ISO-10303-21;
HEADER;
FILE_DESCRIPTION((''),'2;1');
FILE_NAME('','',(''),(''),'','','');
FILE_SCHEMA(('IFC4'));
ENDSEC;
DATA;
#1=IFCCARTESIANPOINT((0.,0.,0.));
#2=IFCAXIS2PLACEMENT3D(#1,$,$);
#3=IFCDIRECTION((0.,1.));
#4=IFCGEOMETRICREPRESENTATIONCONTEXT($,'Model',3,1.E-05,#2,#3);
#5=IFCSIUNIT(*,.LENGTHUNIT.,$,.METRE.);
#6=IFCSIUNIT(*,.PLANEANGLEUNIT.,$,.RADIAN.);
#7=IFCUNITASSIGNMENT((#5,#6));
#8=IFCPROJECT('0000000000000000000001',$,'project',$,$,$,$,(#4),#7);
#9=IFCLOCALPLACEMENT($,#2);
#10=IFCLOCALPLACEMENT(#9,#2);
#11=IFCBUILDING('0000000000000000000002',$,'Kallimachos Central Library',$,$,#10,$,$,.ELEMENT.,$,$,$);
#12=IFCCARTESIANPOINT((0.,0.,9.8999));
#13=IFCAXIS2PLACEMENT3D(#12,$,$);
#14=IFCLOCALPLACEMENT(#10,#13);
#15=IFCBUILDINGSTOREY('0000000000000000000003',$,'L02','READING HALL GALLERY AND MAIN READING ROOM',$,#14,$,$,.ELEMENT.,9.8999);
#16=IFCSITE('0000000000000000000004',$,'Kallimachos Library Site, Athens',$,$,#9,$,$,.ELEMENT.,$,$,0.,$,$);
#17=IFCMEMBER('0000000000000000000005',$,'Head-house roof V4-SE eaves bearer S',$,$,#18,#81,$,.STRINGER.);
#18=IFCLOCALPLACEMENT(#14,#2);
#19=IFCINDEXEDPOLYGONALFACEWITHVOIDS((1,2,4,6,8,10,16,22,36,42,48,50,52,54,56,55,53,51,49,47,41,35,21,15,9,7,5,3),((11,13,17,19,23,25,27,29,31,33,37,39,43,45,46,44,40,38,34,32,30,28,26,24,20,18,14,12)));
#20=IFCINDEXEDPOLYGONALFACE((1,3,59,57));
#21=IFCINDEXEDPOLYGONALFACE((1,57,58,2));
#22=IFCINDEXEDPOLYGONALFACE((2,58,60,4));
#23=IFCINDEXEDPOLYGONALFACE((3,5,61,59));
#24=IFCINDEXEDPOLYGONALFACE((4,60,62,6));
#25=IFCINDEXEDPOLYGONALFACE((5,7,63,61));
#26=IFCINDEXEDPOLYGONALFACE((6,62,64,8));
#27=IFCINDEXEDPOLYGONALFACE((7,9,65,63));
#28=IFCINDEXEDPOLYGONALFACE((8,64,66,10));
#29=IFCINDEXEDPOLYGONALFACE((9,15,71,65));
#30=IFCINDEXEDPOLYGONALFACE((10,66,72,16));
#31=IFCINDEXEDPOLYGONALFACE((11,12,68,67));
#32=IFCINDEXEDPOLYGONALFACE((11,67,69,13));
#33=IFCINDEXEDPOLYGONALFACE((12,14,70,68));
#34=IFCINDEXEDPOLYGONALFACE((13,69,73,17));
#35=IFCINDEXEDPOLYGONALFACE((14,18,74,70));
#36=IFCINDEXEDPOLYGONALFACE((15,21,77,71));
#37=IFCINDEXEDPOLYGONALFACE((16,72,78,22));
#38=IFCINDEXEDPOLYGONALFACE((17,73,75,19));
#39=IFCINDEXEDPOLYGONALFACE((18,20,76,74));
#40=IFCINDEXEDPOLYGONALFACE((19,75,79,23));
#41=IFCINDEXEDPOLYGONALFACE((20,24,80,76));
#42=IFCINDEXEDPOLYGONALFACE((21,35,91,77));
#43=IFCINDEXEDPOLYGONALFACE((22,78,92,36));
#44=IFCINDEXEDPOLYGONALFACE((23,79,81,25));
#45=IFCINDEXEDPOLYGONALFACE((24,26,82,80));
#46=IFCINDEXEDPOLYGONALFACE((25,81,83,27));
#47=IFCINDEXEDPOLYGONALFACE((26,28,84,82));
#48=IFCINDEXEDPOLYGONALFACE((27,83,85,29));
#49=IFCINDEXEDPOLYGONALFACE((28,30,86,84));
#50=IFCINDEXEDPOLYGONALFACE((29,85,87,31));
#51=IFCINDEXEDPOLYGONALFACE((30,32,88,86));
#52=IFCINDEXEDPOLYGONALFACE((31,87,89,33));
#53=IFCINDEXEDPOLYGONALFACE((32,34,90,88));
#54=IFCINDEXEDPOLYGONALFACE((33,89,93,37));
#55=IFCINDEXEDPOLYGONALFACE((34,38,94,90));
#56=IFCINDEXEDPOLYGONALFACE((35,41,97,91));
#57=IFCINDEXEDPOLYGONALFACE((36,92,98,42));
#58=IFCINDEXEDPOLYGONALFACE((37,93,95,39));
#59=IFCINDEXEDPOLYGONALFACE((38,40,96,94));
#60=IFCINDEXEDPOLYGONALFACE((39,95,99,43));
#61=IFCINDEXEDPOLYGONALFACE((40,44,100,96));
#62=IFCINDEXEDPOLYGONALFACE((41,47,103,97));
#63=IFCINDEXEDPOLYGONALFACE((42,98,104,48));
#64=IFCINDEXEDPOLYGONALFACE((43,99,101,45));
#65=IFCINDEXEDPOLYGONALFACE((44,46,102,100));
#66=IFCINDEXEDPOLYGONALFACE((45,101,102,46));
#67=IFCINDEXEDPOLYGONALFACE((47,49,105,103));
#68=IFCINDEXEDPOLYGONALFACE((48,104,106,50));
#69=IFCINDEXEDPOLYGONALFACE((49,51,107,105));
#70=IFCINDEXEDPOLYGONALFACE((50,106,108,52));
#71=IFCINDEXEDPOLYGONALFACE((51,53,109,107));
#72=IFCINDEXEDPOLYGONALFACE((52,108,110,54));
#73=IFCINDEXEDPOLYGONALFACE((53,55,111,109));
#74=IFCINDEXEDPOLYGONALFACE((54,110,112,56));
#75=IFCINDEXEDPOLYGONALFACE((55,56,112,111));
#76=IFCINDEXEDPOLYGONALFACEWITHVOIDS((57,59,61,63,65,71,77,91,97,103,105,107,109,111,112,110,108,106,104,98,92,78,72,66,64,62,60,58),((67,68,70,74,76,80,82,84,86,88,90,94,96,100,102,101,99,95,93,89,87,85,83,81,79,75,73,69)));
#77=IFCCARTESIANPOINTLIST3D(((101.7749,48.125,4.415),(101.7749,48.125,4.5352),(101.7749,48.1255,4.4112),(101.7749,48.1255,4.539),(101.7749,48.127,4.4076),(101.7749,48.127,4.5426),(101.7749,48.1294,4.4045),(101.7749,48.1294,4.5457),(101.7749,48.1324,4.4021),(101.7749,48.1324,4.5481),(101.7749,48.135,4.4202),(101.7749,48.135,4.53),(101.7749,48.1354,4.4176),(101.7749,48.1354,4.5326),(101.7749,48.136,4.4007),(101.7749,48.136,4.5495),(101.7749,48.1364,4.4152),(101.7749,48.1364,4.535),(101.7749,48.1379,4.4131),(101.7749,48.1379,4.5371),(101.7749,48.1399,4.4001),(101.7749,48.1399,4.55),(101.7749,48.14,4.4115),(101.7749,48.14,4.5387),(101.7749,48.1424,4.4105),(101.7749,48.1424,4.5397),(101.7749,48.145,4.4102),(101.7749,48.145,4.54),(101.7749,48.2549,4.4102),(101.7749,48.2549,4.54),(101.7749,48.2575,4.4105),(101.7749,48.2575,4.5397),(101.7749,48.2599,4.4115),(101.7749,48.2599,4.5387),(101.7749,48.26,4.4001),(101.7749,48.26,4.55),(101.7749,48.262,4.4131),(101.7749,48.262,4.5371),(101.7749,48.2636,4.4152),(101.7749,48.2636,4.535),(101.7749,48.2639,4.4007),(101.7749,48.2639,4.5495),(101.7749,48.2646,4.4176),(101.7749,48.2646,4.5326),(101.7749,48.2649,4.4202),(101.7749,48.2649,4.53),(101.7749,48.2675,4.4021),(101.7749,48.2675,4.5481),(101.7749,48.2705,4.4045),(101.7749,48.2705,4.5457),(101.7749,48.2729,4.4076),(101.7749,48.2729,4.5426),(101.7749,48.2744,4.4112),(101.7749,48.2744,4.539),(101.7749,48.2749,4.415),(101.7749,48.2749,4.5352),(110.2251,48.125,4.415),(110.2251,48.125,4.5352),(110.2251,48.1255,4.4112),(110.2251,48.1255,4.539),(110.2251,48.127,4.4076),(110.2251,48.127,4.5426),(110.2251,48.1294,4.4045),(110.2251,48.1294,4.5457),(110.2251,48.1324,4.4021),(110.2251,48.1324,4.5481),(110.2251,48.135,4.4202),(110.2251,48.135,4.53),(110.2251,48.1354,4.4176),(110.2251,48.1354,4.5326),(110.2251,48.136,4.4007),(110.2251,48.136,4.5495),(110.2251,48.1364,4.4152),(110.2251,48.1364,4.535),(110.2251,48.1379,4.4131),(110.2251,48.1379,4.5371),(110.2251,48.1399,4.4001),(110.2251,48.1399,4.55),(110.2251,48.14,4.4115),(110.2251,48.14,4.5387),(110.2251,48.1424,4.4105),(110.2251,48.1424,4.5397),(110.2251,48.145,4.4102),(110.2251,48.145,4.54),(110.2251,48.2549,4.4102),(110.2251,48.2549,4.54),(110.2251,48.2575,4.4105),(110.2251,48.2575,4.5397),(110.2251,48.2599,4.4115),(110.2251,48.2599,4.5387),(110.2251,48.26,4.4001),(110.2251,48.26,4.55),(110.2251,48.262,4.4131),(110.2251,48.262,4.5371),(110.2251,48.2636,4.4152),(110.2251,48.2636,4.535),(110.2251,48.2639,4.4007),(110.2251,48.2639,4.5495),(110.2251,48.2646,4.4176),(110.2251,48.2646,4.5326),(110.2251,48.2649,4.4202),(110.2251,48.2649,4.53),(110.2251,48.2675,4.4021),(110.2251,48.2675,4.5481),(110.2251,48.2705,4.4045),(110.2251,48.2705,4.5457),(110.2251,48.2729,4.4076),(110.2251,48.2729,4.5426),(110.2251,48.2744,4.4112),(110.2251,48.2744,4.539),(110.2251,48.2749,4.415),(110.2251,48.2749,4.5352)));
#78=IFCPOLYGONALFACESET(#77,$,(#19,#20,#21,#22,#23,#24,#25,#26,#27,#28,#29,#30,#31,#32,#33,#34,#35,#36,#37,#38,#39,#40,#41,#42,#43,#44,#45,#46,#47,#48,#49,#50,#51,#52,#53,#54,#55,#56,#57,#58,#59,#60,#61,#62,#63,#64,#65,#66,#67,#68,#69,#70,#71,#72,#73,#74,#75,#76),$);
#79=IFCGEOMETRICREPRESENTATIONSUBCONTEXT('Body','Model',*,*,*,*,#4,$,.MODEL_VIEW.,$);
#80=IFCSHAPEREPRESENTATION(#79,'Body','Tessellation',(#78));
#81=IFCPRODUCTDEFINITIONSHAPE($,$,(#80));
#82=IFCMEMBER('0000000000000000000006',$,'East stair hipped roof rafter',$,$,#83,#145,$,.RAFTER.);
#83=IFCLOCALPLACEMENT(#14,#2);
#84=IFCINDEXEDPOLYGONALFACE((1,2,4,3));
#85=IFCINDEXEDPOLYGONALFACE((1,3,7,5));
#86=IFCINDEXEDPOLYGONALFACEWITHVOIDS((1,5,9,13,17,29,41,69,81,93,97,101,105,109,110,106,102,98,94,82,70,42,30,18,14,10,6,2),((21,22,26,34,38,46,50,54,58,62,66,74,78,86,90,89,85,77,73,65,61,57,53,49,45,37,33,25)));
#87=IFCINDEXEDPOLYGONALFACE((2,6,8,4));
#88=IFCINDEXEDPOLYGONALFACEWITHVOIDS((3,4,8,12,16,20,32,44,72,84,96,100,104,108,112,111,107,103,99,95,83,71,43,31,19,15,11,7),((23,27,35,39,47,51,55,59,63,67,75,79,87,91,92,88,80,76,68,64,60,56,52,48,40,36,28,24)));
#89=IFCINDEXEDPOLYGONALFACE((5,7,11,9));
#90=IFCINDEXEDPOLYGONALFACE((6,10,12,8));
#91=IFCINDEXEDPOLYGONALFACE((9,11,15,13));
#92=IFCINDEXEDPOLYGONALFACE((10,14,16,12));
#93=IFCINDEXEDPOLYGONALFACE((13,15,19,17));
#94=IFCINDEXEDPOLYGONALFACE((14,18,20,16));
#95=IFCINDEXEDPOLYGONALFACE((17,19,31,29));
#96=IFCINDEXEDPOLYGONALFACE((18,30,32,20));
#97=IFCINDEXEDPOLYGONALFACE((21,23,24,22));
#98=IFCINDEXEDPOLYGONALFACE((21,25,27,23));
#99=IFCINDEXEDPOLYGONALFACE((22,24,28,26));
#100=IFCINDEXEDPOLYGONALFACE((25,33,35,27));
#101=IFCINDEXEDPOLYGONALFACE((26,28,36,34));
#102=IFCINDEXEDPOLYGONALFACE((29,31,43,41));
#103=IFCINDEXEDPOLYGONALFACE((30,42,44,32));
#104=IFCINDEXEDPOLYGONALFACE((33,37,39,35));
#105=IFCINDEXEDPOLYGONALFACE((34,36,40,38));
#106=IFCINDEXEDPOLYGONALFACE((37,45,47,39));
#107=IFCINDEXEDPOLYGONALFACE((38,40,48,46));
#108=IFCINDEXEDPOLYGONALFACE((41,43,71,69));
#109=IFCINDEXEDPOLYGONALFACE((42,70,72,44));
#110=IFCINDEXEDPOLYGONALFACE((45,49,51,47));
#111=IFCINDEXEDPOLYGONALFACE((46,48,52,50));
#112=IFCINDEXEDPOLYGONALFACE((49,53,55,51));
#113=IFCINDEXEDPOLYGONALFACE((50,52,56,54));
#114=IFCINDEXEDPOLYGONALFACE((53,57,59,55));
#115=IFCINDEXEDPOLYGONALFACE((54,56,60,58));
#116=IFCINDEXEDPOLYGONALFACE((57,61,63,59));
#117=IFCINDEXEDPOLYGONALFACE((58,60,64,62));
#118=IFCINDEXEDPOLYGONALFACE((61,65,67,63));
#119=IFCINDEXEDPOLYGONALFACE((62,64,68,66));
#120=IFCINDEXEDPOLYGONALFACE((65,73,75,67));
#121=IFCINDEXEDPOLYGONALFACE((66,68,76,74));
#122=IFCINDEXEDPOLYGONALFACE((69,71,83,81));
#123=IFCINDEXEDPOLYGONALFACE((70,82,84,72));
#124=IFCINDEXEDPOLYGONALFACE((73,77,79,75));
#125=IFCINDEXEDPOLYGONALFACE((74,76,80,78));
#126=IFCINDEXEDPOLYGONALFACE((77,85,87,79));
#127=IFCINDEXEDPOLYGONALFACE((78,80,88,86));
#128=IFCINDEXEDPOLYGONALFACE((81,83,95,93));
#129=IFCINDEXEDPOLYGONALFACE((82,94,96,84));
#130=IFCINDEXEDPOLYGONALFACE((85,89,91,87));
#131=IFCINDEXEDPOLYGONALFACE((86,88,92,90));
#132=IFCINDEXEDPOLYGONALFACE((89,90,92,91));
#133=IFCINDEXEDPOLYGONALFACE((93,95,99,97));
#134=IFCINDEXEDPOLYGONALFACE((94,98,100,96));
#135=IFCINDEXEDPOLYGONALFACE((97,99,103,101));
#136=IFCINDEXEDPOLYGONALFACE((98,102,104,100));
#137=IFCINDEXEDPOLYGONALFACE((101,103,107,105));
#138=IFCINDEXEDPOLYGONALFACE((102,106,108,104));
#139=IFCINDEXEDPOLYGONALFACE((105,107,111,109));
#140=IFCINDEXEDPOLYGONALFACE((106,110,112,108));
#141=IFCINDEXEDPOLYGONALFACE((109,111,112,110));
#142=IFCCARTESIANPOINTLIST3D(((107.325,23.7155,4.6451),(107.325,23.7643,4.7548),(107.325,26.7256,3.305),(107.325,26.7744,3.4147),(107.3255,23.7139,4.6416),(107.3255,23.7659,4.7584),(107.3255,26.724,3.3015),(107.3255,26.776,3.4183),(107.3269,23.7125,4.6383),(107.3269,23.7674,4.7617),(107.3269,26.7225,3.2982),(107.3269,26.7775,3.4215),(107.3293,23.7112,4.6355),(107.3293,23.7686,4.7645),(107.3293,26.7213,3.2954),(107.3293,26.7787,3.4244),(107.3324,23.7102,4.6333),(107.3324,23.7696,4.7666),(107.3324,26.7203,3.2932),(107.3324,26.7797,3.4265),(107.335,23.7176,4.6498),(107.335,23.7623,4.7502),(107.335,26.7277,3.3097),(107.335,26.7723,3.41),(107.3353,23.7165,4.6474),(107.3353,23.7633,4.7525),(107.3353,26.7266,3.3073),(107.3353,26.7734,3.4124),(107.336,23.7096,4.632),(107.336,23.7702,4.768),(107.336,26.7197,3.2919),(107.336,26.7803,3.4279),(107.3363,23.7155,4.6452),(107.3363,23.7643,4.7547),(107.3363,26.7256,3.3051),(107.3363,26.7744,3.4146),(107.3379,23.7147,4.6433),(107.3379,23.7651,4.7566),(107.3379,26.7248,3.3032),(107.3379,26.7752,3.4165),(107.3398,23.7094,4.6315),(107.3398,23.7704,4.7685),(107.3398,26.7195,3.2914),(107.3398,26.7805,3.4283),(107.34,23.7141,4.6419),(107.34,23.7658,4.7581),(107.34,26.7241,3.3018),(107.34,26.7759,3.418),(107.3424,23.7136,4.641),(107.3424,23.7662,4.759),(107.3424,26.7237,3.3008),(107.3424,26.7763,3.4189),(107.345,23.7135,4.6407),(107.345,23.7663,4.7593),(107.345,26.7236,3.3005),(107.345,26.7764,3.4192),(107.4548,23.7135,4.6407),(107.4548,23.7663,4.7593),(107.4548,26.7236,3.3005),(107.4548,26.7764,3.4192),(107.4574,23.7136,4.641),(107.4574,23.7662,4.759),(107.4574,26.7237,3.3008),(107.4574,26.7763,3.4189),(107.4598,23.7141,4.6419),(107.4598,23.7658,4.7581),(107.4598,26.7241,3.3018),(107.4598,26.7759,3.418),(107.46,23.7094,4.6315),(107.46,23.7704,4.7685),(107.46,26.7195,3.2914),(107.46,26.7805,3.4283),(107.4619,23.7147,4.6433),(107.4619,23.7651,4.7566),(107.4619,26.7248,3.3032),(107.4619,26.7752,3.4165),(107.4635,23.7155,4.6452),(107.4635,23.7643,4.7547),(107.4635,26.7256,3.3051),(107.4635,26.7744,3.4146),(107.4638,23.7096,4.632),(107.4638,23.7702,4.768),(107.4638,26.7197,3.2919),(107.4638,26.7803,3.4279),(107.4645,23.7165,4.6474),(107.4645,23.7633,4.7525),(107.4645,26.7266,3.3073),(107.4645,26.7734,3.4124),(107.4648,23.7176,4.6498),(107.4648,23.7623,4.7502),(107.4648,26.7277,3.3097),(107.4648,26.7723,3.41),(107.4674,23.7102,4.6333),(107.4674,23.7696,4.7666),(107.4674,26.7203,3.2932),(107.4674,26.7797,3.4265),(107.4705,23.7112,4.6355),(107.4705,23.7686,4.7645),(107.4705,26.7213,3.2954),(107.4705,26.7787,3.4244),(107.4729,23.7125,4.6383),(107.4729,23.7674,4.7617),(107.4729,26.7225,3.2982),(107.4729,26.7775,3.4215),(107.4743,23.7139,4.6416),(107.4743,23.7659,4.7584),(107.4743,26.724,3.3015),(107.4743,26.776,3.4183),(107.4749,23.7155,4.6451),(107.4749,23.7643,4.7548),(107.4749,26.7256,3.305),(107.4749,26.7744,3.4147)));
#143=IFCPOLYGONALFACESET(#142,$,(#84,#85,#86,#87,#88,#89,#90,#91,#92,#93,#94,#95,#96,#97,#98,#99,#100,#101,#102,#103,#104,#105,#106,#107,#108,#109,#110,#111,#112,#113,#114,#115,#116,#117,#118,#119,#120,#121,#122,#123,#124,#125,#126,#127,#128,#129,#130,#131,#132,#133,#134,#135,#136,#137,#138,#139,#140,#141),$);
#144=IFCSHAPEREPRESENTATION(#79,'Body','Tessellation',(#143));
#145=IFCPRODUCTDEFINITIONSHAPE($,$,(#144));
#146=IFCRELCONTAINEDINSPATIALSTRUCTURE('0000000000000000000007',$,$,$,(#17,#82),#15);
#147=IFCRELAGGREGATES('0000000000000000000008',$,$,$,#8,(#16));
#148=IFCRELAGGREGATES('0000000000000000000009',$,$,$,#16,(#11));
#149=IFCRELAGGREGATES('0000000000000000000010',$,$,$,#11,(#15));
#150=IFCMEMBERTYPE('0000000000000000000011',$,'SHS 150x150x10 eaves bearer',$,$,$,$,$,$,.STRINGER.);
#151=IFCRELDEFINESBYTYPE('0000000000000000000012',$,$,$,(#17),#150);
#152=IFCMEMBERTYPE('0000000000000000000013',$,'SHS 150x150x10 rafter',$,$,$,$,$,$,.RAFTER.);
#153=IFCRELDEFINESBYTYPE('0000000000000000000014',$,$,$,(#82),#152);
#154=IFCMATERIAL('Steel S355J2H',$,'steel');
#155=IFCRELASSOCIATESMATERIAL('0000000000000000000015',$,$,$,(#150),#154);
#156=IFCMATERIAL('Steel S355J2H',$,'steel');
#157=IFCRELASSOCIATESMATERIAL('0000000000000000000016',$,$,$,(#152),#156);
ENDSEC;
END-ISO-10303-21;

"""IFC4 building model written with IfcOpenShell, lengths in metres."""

from ifc_helpers import new_model, si_unit, direction, frame, origin, origin_2d, place, context, subcontext, project, spatial, hollow_rectangle, extrude, material, material_profile, profile_set, type_object, element, save


model = new_model("IFC4")

# Units and contexts
model_context = context("Model", 3, precision=1e-05, world=origin(), true_north=direction((0.0, 1.0)))
body_context = subcontext(model_context, "Body", "Model", "MODEL_VIEW")
ifc_project = project(units=[si_unit("LENGTHUNIT", "METRE"), si_unit("PLANEANGLEUNIT", "RADIAN")], contexts=[model_context])

# Site, building, storey
site_placement = place(None, origin())
site = spatial("IfcSite", under=ifc_project, at=site_placement, Name="Kallimachos Library Site, Athens", CompositionType="ELEMENT", RefElevation=0.0)
building_placement = place(site_placement, origin())
building = spatial("IfcBuilding", under=site, at=building_placement, Name="Kallimachos Central Library", CompositionType="ELEMENT")
storey_placement = place(building_placement, frame((0.0, 0.0, 9.8999)))
storey = spatial("IfcBuildingStorey", under=building, at=storey_placement, Name="L02", Description="READING HALL GALLERY AND MAIN READING ROOM", CompositionType="ELEMENT", Elevation=9.8999)

# Members
ifc_material_1 = material(Name="Steel S355J2H", Category="steel")
ifc_material_profile_1 = material_profile(ifc_material_1, hollow_rectangle(XDim=0.1499, YDim=0.1499, WallThickness=0.01, InnerFilletRadius=0.01, OuterFilletRadius=0.0149, at=origin_2d()), Name="SHS 150x150x10")
ifc_profile_set_1 = profile_set([ifc_material_profile_1], Name="Steel S355J2H")
member_type_1 = type_object("IfcMemberType", Name="SHS 150x150x10 eaves bearer", PredefinedType="STRINGER", material=ifc_profile_set_1)
member_1_placement = place(storey_placement, frame((101.7749, 48.2, 4.4751), z_axis=(1.0, 0.0, 0.0), x_axis=(0.0, 1.0, 0.0)))
element("IfcMember", 1, at=member_1_placement, inside=storey, type_object=member_type_1, Name="Head-house roof V4-SE eaves bearer S", PredefinedType="STRINGER", context=body_context, shape_type="SweptSolid", body=[
    extrude(hollow_rectangle(XDim=0.1499, YDim=0.1499, WallThickness=0.01, InnerFilletRadius=0.01, OuterFilletRadius=0.0149, at=origin_2d()), origin(), (0.0, 0.0, 1.0), 8.4502),
])
ifc_material_2 = material(Name="Steel S355J2H", Category="steel")
ifc_material_profile_2 = material_profile(ifc_material_2, hollow_rectangle(XDim=0.1499, YDim=0.1499, WallThickness=0.01, InnerFilletRadius=0.01, OuterFilletRadius=0.0149, at=origin_2d()), Name="SHS 150x150x10")
ifc_profile_set_2 = profile_set([ifc_material_profile_2], Name="Steel S355J2H")
member_type_2 = type_object("IfcMemberType", Name="SHS 150x150x10 rafter", PredefinedType="RAFTER", material=ifc_profile_set_2)
member_2_placement = place(storey_placement, frame((107.3999, 26.75, 3.3599), z_axis=(0.0, -0.913552, 0.406723), x_axis=(1.0, 0.0, 0.0)))
element("IfcMember", 2, at=member_2_placement, inside=storey, type_object=member_type_2, Name="East stair hipped roof rafter", PredefinedType="RAFTER", context=body_context, shape_type="SweptSolid", body=[
    extrude(hollow_rectangle(XDim=0.1499, YDim=0.1499, WallThickness=0.01, InnerFilletRadius=0.01, OuterFilletRadius=0.0149, at=origin_2d()), origin(), (0.0, 0.0, 1.0), 3.2949),
])

save(model, "model.ifc")
